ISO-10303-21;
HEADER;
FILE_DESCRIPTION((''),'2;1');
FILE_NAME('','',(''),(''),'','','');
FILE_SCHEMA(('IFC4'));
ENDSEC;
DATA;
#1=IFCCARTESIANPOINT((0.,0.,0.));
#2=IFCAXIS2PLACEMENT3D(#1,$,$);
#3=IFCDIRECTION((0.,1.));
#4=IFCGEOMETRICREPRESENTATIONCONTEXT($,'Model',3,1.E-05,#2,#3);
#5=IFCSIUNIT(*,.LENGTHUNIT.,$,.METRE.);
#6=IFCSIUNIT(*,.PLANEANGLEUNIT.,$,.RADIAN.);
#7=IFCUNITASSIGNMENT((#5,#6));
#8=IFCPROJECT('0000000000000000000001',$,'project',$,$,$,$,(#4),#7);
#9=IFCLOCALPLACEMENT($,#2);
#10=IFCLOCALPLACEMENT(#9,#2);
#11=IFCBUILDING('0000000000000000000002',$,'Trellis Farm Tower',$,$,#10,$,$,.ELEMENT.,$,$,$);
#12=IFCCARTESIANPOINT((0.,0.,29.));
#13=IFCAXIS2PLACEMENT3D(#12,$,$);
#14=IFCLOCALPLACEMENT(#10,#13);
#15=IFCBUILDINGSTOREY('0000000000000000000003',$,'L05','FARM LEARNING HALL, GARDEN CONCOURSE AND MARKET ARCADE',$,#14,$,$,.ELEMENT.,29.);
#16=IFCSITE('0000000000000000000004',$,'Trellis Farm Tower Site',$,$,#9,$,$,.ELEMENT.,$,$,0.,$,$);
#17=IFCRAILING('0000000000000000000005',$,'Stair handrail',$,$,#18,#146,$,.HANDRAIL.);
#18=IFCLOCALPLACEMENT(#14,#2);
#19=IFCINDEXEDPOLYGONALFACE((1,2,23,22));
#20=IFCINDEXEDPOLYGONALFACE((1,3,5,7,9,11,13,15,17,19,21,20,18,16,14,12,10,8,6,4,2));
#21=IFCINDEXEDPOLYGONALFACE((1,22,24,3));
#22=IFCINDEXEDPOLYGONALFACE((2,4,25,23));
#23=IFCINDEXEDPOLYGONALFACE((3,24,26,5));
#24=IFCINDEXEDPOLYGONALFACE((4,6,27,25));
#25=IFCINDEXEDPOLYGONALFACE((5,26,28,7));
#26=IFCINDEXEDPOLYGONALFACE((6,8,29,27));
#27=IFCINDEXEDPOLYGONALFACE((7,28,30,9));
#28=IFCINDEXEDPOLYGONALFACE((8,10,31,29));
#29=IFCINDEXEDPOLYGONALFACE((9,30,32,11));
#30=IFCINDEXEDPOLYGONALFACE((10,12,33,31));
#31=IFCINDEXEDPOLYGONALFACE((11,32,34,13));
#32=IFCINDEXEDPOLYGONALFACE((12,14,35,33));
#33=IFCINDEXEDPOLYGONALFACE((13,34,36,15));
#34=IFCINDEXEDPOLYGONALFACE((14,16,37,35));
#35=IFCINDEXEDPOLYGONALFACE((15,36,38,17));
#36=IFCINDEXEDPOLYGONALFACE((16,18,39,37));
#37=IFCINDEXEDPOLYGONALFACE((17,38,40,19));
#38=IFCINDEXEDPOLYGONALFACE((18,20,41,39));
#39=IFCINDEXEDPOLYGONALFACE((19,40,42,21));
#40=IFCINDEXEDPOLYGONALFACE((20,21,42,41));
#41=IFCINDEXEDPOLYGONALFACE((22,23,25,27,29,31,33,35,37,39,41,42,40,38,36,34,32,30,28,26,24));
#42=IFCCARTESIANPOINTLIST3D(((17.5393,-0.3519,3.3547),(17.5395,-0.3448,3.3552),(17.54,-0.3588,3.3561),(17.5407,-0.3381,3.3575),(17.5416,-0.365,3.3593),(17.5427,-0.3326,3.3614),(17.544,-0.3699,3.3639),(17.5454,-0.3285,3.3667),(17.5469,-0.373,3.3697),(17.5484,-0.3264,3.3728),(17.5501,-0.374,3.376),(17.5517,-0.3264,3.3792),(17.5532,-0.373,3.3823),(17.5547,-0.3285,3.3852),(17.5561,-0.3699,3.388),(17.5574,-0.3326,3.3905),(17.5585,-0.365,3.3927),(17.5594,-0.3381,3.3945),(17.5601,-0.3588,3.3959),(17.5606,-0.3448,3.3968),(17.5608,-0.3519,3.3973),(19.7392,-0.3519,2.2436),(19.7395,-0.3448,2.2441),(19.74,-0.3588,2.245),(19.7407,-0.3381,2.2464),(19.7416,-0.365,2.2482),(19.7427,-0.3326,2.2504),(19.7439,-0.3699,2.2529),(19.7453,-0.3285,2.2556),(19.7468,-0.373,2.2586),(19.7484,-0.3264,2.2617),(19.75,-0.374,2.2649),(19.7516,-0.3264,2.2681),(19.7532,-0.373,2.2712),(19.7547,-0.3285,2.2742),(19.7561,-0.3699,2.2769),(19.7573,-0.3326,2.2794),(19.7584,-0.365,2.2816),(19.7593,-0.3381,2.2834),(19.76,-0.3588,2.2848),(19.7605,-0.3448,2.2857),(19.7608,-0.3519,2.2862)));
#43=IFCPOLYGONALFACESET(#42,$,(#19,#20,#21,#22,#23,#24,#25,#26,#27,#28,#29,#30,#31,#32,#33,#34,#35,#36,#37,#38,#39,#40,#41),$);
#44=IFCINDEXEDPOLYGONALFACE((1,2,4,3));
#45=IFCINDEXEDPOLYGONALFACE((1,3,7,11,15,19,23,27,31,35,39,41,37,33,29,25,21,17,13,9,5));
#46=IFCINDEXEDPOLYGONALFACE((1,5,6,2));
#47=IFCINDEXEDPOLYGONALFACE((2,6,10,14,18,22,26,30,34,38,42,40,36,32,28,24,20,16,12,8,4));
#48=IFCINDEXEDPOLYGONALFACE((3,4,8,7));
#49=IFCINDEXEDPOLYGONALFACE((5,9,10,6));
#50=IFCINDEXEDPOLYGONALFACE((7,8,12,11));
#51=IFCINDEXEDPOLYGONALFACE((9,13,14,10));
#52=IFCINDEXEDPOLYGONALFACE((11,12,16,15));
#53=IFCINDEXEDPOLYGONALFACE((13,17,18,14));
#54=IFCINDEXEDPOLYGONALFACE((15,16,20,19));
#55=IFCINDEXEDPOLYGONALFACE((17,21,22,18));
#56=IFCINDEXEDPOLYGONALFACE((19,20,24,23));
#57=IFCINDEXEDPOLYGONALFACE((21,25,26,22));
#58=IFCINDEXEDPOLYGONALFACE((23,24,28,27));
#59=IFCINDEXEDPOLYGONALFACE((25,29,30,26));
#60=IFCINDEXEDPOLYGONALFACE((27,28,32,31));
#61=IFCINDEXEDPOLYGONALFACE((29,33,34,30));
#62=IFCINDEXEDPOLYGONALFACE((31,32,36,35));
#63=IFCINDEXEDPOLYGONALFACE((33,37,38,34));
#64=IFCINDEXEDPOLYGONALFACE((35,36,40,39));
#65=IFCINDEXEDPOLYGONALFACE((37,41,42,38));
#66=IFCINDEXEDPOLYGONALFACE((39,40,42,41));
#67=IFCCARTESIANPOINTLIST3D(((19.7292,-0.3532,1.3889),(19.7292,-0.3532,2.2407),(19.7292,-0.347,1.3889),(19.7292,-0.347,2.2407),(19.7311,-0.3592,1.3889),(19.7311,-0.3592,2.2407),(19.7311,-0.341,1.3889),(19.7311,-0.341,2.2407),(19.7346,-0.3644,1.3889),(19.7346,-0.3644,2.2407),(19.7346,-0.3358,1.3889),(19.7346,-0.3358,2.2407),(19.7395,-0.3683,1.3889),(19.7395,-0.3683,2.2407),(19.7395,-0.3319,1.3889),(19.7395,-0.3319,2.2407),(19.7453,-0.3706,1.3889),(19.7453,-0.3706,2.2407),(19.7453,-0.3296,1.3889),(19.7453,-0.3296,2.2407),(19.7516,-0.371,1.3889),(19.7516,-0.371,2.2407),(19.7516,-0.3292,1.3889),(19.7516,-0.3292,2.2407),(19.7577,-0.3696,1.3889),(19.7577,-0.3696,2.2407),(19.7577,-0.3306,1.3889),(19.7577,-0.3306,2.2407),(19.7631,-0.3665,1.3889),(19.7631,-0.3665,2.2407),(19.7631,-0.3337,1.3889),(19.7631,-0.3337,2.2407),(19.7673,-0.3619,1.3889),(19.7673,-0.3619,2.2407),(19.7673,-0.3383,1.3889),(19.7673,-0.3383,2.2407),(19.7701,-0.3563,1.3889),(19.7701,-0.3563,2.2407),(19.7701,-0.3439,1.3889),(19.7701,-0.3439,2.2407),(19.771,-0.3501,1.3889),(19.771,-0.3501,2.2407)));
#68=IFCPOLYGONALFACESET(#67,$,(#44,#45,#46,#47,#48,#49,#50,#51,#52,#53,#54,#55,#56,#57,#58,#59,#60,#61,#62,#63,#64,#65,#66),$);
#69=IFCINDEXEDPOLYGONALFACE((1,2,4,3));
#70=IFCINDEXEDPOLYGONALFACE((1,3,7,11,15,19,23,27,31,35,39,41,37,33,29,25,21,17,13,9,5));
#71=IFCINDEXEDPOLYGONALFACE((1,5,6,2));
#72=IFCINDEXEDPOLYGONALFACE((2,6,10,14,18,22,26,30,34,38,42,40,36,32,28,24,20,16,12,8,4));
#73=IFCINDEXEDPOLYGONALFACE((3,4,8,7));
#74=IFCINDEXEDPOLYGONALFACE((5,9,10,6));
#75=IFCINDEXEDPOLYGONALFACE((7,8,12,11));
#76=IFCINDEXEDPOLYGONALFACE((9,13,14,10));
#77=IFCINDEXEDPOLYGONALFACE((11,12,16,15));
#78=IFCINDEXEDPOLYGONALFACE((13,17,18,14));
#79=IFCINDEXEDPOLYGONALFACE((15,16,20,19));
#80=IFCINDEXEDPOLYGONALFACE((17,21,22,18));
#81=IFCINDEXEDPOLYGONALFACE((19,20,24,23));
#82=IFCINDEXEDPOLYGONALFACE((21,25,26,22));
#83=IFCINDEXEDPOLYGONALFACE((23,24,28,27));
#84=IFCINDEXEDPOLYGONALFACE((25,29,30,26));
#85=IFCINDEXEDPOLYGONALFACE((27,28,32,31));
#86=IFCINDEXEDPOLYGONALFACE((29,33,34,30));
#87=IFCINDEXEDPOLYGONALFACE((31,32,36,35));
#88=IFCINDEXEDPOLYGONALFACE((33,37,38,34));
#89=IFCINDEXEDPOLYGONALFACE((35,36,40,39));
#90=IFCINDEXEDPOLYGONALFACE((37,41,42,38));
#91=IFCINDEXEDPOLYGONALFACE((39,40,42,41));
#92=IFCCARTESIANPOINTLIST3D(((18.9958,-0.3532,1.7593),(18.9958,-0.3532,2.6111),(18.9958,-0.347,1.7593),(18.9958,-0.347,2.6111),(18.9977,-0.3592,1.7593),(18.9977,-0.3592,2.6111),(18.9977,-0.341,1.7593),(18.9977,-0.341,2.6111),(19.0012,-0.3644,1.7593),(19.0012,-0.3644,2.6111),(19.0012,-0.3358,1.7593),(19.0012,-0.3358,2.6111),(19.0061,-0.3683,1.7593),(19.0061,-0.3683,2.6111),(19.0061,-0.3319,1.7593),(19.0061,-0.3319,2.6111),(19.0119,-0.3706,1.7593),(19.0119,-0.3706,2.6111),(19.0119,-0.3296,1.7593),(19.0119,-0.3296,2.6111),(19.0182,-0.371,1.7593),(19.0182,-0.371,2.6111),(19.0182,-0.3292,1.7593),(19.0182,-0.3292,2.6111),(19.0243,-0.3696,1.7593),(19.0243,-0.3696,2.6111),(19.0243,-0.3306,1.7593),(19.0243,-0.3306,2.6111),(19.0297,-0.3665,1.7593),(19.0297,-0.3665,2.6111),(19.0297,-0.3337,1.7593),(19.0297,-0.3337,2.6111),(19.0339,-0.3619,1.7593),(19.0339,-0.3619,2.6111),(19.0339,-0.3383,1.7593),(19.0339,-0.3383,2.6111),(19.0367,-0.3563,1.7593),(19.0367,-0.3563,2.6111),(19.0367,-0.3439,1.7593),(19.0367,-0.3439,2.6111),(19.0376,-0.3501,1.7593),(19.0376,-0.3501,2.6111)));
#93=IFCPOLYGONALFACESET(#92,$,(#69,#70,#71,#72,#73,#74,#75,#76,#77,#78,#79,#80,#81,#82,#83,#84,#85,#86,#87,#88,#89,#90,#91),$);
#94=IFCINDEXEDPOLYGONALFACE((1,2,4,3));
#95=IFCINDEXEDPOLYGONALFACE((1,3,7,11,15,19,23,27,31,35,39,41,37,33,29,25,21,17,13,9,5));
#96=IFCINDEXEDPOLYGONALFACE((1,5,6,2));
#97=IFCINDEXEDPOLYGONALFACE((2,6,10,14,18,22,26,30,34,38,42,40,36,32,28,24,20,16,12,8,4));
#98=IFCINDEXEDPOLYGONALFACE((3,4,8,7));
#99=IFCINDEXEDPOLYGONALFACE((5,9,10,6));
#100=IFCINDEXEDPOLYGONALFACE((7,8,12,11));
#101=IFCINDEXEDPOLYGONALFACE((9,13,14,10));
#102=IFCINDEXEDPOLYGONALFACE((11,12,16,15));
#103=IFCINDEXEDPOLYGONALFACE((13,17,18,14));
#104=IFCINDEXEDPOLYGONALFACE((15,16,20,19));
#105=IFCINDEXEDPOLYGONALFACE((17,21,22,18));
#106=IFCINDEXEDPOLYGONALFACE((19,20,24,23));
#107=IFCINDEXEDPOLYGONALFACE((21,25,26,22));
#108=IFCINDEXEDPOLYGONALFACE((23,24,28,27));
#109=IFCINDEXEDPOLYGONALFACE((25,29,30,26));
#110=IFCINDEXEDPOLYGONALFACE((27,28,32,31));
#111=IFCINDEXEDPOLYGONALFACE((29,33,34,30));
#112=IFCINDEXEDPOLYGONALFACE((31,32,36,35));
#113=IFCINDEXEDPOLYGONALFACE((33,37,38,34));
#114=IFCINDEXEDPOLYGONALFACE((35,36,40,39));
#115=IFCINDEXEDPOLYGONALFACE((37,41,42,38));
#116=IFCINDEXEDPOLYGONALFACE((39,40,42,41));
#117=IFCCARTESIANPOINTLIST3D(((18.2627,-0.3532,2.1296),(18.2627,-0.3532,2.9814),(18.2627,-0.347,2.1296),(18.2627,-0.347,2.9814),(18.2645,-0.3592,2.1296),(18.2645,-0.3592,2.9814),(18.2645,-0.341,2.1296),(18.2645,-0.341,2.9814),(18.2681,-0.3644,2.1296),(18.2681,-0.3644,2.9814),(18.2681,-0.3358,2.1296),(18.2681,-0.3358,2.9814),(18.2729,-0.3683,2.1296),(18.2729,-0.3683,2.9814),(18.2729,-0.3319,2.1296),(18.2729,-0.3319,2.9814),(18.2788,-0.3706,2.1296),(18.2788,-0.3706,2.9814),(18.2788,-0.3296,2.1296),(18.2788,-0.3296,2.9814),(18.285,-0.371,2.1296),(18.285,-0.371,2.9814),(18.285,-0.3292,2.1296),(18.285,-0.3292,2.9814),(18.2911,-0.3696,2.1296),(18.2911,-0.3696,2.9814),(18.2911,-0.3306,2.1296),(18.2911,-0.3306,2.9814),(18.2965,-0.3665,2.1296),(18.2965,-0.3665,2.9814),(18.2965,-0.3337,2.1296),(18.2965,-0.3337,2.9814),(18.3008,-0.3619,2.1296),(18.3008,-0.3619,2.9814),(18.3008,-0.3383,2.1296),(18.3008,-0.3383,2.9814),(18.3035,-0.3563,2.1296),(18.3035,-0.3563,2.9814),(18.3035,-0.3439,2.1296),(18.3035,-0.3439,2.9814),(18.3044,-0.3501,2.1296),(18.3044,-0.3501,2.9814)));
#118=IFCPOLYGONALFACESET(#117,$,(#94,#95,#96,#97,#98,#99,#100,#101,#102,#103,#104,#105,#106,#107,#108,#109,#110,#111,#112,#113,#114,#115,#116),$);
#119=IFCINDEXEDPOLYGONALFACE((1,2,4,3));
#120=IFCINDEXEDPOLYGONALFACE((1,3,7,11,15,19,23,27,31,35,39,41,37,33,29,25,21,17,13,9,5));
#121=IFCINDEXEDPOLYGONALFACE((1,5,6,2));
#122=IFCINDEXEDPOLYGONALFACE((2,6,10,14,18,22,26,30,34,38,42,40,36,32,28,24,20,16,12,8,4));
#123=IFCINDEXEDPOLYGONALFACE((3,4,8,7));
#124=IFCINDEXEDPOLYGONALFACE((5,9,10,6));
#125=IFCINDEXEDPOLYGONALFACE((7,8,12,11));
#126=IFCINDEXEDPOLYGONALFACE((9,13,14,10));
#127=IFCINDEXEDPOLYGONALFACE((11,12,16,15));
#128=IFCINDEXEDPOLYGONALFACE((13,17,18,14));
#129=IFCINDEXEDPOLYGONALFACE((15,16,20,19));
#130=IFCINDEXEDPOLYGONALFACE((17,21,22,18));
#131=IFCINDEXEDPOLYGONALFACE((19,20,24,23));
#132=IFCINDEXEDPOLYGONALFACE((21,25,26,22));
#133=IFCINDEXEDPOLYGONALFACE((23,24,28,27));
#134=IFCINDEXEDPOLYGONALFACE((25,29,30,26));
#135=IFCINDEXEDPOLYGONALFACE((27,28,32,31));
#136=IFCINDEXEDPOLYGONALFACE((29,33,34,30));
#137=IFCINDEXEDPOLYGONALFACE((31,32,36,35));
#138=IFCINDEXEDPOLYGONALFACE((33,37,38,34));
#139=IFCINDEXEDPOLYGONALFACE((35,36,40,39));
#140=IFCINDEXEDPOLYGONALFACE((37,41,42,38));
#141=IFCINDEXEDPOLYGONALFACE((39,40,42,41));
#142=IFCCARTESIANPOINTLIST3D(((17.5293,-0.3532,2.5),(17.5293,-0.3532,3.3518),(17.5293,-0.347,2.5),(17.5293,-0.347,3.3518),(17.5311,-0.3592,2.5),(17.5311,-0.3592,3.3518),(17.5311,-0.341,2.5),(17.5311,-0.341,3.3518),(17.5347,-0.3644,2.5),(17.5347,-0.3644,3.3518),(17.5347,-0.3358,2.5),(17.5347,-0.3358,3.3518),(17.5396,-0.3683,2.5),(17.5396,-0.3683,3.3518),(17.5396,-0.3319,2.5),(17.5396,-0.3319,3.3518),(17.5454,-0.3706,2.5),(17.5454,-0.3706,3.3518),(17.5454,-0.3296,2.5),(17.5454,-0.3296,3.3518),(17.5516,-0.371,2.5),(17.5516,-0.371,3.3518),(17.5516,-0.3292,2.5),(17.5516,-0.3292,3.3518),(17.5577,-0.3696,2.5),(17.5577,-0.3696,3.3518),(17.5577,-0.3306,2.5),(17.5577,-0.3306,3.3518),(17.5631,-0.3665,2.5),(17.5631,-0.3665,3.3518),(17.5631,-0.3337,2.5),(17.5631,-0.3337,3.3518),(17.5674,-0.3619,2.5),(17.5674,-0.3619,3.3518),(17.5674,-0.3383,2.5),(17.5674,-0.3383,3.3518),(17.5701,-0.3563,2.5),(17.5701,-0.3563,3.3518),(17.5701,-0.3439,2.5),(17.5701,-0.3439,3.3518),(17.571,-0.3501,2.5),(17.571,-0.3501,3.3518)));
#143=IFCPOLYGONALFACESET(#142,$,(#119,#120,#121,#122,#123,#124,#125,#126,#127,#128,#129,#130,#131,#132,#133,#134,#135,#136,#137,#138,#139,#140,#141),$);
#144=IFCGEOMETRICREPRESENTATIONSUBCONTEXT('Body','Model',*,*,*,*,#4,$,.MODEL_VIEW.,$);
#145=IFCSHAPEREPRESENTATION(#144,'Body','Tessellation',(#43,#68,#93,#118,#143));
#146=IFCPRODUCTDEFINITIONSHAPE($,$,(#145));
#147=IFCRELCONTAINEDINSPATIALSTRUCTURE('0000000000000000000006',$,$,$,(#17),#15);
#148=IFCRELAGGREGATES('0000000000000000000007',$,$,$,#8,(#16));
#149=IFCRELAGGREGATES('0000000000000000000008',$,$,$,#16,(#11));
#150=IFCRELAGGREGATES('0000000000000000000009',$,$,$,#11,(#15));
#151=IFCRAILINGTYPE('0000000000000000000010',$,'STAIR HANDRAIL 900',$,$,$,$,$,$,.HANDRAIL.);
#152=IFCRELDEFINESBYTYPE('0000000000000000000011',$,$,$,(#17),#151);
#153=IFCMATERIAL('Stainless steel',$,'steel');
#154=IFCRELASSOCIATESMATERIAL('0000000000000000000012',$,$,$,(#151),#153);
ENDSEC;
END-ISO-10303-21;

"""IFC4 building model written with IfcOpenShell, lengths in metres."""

from ifc_helpers import new_model, si_unit, direction, frame, origin, origin_2d, place, context, subcontext, project, spatial, circle, extrude, source, transform, mapped, material, type_object, element, save


model = new_model("IFC4")

# Units and contexts
model_context = context("Model", 3, precision=1e-05, world=origin(), true_north=direction((0.0, 1.0)))
body_context = subcontext(model_context, "Body", "Model", "MODEL_VIEW")
ifc_project = project(units=[si_unit("LENGTHUNIT", "METRE"), si_unit("PLANEANGLEUNIT", "RADIAN")], contexts=[model_context])

# Site, building, storey
site_placement = place(None, origin())
site = spatial("IfcSite", under=ifc_project, at=site_placement, Name="Trellis Farm Tower Site", CompositionType="ELEMENT", RefElevation=0.0)
building_placement = place(site_placement, origin())
building = spatial("IfcBuilding", under=site, at=building_placement, Name="Trellis Farm Tower", CompositionType="ELEMENT")
storey_placement = place(building_placement, frame((0.0, 0.0, 29.0)))
storey = spatial("IfcBuildingStorey", under=building, at=storey_placement, Name="L05", Description="FARM LEARNING HALL, GARDEN CONCOURSE AND MARKET ARCADE", CompositionType="ELEMENT", Elevation=29.0)

# Railing
ifc_material_1 = material(Name="Stainless steel", Category="steel")
railing_type = type_object("IfcRailingType", Name="STAIR HANDRAIL 900", PredefinedType="HANDRAIL", material=ifc_material_1)
shared_shape_1 = source(origin(), body_context, "Body", "SweptSolid", [
    extrude(circle(Radius=0.0239, at=origin_2d()), frame((0.0, 0.0, 0.876), z_axis=(-0.892617, 0.0, 0.450816), x_axis=(0.0, -1.0, 0.0)), (0.0, 0.0, 1.0), 2.4646),
    extrude(circle(Radius=0.021, at=origin_2d()), origin(), (0.0, 0.0, 1.0), 0.8518),
    extrude(circle(Radius=0.021, at=origin_2d()), frame((-0.7334, 0.0, 0.3704)), (0.0, 0.0, 1.0), 0.8518),
    extrude(circle(Radius=0.021, at=origin_2d()), frame((-1.4666, 0.0, 0.7407)), (0.0, 0.0, 1.0), 0.8518),
    extrude(circle(Radius=0.021, at=origin_2d()), frame((-2.2, 0.0, 1.1111)), (0.0, 0.0, 1.0), 0.8518),
])
for number, where, name in (
    (1, (19.75, -0.3501, 1.3889), "Stair handrail"),
):
    element("IfcRailing", number, at=place(storey_placement, frame(where)), inside=storey, type_object=railing_type, Name=name, PredefinedType="HANDRAIL", context=body_context, shape_type="MappedRepresentation", body=[
        mapped(shared_shape_1, transform((0.0, 0.0, 0.0))),
    ])

save(model, "model.ifc")
